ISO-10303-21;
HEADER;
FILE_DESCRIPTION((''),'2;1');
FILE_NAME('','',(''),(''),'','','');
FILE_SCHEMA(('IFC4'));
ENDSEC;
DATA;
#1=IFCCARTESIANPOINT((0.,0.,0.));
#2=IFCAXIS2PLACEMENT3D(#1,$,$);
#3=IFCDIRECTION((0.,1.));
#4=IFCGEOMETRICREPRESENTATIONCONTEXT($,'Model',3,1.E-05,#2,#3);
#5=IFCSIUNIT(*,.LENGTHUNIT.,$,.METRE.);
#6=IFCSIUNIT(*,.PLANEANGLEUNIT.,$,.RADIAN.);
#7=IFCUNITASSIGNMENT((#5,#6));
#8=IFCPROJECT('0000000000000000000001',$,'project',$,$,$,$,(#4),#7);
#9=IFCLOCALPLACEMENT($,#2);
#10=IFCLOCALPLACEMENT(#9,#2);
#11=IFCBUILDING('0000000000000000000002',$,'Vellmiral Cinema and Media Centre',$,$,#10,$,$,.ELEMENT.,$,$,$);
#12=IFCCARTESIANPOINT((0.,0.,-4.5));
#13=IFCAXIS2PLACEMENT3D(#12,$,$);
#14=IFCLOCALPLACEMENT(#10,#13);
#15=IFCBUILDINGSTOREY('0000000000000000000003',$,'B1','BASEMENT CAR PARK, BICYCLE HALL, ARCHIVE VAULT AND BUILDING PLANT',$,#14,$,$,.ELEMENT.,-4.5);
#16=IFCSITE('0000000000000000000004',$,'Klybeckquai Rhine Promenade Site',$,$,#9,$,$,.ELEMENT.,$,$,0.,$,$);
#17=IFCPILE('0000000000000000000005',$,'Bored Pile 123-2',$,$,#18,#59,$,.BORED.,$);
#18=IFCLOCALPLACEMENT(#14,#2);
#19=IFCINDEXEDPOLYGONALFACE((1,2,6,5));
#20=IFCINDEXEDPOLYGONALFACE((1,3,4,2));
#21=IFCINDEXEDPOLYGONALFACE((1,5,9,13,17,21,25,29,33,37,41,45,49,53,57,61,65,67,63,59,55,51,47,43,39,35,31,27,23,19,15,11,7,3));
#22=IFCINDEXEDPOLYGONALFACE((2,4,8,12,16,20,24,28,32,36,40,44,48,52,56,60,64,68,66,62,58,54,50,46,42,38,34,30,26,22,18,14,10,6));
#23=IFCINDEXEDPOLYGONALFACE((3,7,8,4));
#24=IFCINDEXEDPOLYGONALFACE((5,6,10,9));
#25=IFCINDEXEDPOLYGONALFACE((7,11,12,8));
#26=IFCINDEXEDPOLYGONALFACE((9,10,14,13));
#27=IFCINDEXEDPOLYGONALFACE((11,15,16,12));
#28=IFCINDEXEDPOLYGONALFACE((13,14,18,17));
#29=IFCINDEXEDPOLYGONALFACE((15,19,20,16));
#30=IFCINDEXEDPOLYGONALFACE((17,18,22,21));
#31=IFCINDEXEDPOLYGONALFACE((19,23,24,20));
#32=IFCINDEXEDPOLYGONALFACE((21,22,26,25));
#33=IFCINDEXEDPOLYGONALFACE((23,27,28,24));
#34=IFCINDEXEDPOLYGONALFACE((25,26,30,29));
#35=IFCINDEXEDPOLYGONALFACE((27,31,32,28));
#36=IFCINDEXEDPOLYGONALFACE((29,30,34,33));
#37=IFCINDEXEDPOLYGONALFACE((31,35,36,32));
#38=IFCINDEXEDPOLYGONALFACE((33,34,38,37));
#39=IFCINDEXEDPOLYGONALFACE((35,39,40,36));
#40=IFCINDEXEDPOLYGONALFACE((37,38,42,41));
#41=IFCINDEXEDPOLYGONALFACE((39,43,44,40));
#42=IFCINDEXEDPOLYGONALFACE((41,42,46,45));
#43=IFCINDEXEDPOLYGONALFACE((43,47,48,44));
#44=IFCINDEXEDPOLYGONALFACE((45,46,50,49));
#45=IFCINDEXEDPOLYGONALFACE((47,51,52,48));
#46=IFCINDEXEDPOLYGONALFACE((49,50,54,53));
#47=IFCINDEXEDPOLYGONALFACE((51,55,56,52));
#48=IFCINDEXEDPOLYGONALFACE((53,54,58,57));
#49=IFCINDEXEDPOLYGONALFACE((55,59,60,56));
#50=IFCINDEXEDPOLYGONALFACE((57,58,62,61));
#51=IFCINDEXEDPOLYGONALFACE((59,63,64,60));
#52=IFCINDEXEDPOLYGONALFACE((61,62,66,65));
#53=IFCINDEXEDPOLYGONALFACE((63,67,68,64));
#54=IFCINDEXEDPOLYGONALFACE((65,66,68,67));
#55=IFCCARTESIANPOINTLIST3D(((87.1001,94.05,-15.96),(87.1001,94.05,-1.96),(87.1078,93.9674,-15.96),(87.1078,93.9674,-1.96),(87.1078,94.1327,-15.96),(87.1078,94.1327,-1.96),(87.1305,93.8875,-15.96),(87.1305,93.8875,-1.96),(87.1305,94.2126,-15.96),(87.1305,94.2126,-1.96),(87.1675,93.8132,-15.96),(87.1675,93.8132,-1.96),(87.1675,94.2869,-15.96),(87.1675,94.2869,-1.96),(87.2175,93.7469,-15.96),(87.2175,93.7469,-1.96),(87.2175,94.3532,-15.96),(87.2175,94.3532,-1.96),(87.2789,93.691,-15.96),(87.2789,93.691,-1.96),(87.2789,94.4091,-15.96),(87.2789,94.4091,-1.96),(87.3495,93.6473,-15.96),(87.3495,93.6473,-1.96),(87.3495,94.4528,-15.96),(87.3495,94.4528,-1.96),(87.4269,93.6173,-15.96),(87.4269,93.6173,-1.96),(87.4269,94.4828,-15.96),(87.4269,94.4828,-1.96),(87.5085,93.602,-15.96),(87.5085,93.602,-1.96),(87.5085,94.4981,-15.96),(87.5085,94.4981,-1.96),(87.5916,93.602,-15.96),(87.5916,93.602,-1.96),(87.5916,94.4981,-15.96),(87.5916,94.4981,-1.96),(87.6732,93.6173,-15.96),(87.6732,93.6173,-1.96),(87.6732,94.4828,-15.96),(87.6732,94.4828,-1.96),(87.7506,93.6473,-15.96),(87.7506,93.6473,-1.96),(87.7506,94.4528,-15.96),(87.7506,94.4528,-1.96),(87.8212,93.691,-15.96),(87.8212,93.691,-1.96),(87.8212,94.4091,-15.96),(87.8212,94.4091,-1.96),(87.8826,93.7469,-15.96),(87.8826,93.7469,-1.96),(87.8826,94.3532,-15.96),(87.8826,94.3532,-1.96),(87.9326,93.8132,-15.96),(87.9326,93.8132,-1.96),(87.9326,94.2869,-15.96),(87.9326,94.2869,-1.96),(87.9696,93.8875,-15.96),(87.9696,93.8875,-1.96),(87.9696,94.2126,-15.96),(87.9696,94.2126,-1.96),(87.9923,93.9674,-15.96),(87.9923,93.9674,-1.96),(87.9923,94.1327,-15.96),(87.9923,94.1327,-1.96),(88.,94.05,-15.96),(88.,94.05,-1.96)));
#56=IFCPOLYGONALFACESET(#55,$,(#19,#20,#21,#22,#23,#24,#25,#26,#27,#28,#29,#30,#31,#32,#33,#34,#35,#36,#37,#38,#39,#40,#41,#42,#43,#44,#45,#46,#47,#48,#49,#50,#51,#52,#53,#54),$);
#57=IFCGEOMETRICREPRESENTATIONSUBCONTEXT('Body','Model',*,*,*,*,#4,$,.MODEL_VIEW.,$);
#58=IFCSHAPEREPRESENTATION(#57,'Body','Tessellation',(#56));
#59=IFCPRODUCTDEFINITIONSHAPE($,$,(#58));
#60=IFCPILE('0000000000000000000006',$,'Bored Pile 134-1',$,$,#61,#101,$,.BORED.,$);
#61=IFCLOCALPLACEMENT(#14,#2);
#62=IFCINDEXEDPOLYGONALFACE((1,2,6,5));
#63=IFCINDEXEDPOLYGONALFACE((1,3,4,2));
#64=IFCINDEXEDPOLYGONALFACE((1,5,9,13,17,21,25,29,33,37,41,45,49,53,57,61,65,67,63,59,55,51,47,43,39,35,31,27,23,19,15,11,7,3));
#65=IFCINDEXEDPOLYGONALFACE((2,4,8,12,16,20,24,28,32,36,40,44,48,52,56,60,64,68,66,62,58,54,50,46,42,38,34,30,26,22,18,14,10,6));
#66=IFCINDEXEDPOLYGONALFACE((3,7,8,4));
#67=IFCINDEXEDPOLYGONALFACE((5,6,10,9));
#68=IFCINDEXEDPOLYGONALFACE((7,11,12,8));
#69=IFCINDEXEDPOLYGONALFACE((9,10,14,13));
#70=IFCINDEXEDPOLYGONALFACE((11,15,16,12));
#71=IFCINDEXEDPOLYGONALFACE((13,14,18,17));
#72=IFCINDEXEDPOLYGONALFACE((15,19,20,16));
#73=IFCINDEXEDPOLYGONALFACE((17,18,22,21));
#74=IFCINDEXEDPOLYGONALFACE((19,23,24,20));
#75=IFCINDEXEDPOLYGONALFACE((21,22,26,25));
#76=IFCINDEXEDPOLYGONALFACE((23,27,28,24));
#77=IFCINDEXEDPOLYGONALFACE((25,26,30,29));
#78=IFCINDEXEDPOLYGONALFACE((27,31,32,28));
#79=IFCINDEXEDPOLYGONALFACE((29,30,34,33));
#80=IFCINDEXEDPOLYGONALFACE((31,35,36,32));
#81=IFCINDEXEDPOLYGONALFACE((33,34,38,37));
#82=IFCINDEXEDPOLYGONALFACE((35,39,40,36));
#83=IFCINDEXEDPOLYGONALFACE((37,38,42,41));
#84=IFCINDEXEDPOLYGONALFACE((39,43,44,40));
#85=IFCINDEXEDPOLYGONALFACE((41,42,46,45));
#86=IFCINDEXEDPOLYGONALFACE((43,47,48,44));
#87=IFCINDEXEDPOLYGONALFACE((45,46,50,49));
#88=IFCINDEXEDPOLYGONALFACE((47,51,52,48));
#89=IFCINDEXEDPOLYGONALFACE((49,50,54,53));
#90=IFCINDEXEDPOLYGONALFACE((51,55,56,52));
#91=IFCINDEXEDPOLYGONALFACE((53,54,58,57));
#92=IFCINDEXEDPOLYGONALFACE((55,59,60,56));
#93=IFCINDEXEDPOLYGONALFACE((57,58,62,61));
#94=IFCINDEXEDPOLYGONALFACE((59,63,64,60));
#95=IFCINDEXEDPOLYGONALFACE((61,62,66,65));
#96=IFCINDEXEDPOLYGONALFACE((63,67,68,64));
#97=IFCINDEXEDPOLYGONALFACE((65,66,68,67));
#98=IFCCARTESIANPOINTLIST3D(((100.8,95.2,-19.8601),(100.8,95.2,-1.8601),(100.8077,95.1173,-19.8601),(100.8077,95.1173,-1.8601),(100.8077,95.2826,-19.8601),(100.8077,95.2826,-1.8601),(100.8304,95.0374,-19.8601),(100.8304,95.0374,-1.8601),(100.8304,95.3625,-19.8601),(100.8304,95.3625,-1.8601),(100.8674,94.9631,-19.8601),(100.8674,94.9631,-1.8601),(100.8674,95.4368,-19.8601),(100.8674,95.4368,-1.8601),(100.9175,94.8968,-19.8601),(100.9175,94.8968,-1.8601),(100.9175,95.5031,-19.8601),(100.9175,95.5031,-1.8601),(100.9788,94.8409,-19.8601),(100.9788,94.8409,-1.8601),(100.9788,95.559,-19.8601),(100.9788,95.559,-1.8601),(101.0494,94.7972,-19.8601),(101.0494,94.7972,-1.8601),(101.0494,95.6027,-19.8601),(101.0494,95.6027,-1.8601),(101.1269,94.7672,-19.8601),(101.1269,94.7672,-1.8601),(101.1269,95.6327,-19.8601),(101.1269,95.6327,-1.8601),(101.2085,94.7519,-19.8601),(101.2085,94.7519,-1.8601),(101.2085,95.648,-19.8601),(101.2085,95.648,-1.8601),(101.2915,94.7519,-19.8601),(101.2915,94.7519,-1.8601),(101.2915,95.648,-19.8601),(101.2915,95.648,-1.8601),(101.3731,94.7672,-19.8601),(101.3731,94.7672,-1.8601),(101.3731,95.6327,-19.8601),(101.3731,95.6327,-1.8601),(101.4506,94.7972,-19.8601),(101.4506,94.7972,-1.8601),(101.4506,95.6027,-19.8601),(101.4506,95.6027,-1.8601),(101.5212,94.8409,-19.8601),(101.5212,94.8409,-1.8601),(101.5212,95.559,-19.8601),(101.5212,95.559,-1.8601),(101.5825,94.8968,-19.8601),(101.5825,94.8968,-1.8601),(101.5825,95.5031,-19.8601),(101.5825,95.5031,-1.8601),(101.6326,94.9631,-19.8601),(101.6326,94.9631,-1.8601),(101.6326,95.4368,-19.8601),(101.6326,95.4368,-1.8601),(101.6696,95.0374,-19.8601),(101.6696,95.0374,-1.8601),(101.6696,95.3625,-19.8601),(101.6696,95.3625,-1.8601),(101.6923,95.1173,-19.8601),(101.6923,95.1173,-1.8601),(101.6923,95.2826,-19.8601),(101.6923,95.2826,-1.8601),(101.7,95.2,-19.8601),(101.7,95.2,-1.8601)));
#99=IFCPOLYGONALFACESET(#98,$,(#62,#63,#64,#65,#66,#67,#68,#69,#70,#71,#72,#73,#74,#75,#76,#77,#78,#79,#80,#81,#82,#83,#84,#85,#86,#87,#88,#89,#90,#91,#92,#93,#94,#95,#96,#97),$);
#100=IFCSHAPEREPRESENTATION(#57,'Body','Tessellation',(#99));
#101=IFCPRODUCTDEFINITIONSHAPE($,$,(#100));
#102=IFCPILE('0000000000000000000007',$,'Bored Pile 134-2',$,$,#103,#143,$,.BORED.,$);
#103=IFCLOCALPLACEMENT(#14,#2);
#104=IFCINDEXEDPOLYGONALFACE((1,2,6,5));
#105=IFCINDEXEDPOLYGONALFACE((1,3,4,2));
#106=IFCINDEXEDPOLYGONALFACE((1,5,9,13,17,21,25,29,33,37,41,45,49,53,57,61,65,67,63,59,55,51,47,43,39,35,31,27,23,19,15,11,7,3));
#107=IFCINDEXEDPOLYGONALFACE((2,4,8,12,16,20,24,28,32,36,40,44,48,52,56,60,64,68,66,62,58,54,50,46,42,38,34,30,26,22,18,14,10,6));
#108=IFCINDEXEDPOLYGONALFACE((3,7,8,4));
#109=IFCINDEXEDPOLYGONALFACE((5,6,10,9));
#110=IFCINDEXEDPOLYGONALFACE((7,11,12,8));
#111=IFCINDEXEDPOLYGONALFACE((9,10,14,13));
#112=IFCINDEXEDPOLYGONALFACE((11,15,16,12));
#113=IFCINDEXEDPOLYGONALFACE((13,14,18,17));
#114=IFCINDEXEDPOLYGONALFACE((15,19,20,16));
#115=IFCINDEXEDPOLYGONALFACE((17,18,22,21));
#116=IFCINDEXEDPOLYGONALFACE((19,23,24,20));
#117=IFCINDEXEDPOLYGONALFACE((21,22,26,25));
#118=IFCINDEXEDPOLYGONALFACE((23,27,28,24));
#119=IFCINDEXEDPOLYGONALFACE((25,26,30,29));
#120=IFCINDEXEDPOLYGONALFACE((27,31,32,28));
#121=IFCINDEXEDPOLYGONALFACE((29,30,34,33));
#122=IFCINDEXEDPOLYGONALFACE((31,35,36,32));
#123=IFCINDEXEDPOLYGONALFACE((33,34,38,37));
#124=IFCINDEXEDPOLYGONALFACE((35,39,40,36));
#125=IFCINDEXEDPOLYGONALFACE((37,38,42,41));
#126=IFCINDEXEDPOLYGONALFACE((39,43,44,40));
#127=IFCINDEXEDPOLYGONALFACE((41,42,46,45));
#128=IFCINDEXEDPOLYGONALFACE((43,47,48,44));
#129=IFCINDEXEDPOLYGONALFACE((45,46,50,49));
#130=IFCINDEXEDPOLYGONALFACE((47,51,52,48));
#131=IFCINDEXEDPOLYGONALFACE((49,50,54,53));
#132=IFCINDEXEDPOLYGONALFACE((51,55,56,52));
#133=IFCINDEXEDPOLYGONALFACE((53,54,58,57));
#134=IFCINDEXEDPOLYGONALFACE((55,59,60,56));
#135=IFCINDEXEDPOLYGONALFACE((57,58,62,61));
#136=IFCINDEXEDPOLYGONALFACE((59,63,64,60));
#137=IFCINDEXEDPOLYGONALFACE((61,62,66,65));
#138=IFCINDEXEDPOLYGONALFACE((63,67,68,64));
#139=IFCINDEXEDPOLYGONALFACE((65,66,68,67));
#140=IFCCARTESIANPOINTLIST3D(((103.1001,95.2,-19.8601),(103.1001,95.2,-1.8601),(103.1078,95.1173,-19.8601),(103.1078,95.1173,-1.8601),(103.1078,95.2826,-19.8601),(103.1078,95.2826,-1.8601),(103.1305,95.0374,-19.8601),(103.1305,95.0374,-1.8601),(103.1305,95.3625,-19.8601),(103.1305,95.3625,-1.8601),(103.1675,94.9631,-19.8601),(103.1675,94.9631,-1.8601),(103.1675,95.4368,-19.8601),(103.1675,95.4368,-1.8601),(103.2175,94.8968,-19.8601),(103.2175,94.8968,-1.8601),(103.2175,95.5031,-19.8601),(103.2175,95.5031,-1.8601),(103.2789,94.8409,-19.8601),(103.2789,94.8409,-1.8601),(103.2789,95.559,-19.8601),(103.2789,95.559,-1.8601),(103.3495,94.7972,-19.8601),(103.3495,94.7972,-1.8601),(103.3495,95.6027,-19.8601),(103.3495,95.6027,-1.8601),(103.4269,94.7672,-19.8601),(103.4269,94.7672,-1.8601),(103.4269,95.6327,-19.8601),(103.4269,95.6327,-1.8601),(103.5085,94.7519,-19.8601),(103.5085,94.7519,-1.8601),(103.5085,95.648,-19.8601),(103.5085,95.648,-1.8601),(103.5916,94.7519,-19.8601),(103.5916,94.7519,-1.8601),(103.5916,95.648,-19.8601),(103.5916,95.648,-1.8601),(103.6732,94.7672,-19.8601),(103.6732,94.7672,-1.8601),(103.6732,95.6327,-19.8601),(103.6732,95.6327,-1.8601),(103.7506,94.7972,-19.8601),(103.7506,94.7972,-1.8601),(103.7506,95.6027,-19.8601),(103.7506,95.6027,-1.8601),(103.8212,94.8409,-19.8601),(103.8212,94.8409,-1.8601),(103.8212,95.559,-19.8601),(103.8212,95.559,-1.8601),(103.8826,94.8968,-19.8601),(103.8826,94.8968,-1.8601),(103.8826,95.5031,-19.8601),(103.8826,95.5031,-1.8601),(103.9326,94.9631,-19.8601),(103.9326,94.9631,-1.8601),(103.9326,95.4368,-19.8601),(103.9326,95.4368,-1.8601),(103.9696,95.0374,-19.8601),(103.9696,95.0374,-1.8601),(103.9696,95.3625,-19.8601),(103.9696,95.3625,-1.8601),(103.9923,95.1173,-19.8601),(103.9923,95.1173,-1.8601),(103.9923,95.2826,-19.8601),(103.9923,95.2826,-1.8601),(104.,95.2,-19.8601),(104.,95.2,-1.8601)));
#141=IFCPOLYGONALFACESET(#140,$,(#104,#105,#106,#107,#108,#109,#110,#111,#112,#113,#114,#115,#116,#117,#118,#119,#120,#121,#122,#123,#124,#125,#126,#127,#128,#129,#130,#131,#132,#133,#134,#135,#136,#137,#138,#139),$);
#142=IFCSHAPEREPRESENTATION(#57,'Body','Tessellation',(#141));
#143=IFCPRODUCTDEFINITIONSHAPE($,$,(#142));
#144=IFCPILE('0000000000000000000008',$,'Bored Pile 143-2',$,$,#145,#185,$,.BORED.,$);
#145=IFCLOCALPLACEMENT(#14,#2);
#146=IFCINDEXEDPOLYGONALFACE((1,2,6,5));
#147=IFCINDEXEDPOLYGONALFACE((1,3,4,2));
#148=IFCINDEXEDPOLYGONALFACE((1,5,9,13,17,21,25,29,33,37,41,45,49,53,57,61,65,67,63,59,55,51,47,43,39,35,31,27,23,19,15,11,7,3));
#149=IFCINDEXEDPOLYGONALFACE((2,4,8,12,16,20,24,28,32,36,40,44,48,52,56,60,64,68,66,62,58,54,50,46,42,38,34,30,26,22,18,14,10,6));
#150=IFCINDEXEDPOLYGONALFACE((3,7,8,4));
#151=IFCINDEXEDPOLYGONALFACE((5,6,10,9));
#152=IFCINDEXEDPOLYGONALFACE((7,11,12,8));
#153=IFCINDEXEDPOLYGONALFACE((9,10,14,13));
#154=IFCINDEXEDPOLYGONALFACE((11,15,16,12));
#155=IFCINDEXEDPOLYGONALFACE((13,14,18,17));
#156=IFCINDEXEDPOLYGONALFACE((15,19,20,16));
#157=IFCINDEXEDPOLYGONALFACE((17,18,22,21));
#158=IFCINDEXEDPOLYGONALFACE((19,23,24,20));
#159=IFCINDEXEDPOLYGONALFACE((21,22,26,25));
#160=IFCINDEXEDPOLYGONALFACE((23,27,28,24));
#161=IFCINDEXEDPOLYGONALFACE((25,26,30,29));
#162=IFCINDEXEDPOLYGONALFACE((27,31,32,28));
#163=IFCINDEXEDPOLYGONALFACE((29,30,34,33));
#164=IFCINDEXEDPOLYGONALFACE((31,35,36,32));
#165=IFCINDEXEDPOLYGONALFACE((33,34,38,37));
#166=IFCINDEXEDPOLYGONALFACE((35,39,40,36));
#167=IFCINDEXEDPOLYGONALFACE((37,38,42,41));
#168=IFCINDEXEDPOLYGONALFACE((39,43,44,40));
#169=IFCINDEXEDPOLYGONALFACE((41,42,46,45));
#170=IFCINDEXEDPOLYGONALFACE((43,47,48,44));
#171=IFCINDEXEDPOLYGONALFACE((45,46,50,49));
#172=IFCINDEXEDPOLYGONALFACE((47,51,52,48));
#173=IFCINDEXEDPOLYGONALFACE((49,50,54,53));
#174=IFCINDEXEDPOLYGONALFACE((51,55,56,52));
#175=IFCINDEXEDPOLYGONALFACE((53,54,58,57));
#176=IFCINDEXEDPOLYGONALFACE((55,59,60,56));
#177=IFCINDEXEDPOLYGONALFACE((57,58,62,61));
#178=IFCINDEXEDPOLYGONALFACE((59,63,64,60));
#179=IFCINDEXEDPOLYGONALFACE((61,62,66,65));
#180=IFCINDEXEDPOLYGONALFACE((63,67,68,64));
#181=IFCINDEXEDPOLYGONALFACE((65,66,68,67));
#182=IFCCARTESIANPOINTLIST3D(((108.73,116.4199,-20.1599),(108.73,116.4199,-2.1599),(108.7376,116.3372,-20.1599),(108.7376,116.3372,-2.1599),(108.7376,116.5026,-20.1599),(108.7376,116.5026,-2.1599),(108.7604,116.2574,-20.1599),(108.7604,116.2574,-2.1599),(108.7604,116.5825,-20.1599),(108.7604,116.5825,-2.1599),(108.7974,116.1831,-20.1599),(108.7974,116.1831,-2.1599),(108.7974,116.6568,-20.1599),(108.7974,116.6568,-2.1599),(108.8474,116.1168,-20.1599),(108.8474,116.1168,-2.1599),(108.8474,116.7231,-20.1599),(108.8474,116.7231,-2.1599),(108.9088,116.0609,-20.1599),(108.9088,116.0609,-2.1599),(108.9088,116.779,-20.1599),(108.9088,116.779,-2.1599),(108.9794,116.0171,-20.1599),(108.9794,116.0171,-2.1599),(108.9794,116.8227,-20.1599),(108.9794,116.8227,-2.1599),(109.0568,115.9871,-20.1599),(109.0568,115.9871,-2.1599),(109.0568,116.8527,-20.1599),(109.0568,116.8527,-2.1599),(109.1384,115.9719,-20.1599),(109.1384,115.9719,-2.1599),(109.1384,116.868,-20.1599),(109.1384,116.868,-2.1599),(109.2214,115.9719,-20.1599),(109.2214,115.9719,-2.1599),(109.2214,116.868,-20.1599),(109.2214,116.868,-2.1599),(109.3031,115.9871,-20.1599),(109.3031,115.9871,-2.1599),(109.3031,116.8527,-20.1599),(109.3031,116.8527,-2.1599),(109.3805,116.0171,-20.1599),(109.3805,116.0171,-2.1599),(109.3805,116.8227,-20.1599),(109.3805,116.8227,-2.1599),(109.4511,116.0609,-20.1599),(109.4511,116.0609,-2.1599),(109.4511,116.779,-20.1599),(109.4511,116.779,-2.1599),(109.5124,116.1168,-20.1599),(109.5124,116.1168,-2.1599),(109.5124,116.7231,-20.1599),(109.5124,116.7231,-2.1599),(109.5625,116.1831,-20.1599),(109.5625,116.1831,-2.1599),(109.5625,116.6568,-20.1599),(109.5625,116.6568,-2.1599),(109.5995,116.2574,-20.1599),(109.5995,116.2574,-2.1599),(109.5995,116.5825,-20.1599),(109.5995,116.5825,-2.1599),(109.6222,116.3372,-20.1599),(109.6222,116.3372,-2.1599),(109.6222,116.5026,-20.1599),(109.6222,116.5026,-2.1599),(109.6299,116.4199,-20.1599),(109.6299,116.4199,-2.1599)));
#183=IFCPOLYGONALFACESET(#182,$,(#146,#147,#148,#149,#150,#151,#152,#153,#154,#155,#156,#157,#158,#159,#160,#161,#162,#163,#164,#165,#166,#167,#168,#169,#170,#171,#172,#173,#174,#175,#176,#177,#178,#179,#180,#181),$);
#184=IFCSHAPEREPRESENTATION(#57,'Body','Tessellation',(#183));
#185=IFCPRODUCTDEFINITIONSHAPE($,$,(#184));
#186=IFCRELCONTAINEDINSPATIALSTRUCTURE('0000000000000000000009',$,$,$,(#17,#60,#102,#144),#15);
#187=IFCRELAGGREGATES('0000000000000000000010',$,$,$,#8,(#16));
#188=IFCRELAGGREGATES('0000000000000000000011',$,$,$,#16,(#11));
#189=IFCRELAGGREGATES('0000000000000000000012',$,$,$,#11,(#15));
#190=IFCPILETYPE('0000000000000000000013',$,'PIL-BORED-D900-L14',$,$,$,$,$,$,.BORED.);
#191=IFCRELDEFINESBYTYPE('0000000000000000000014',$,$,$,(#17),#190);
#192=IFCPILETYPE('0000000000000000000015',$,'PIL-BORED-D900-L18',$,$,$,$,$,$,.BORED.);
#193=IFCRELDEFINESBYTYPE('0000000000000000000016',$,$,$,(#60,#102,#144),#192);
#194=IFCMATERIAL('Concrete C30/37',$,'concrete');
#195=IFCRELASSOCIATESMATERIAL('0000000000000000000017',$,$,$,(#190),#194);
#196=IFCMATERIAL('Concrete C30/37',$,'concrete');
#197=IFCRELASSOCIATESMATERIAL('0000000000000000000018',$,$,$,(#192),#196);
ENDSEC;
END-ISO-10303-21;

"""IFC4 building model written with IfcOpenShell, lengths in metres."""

from ifc_helpers import new_model, si_unit, direction, frame, origin, origin_2d, place, context, subcontext, project, spatial, circle, extrude, material, material_profile, profile_set, type_object, element, save


model = new_model("IFC4")

# Units and contexts
model_context = context("Model", 3, precision=1e-05, world=origin(), true_north=direction((0.0, 1.0)))
body_context = subcontext(model_context, "Body", "Model", "MODEL_VIEW")
ifc_project = project(units=[si_unit("LENGTHUNIT", "METRE"), si_unit("PLANEANGLEUNIT", "RADIAN")], contexts=[model_context])

# Site, building, storey
site_placement = place(None, origin())
site = spatial("IfcSite", under=ifc_project, at=site_placement, Name="Klybeckquai Rhine Promenade Site", CompositionType="ELEMENT", RefElevation=0.0)
building_placement = place(site_placement, origin())
building = spatial("IfcBuilding", under=site, at=building_placement, Name="Vellmiral Cinema and Media Centre", CompositionType="ELEMENT")
storey_placement = place(building_placement, frame((0.0, 0.0, -4.5)))
storey = spatial("IfcBuildingStorey", under=building, at=storey_placement, Name="B1", Description="BASEMENT CAR PARK, BICYCLE HALL, ARCHIVE VAULT AND BUILDING PLANT", CompositionType="ELEMENT", Elevation=-4.5)

# Piles
ifc_material_1 = material(Name="Concrete C30/37", Category="concrete")
ifc_material_profile_1 = material_profile(ifc_material_1, circle(Radius=0.45, at=origin_2d()), Name="PILE D900")
ifc_profile_set_1 = profile_set([ifc_material_profile_1], Name="Concrete C30/37")
pile_type_1 = type_object("IfcPileType", Name="PIL-BORED-D900-L14", PredefinedType="BORED", material=ifc_profile_set_1)
pile_placement = place(storey_placement, frame((87.55, 94.05, -1.96), z_axis=(0.0, 0.0, -1.0), x_axis=(1.0, 0.0, 0.0)))
element("IfcPile", 1, at=pile_placement, inside=storey, type_object=pile_type_1, Name="Bored Pile 123-2", PredefinedType="BORED", context=body_context, shape_type="SweptSolid", body=[
    extrude(circle(Radius=0.45, at=origin_2d()), origin(), (0.0, 0.0, 1.0), 14.0),
])
ifc_material_2 = material(Name="Concrete C30/37", Category="concrete")
ifc_material_profile_2 = material_profile(ifc_material_2, circle(Radius=0.45, at=origin_2d()), Name="PILE D900")
ifc_profile_set_2 = profile_set([ifc_material_profile_2], Name="Concrete C30/37")
pile_type_2 = type_object("IfcPileType", Name="PIL-BORED-D900-L18", PredefinedType="BORED", material=ifc_profile_set_2)
for number, where, z_axis, x_axis, name in (
    (2, (101.25, 95.2, -1.8601), (0.0, 0.0, -1.0), (1.0, 0.0, 0.0), "Bored Pile 134-1"),
    (3, (103.55, 95.2, -1.8601), (0.0, 0.0, -1.0), (1.0, 0.0, 0.0), "Bored Pile 134-2"),
    (4, (109.1799, 116.4199, -2.1599), (0.0, 0.0, -1.0), (1.0, 0.0, 0.0), "Bored Pile 143-2"),
):
    element("IfcPile", number, at=place(storey_placement, frame(where, z_axis=z_axis, x_axis=x_axis)), inside=storey, type_object=pile_type_2, Name=name, PredefinedType="BORED", context=body_context, shape_type="SweptSolid", body=[
        extrude(circle(Radius=0.45, at=origin_2d()), origin(), (0.0, 0.0, 1.0), 18.0),
    ])

save(model, "model.ifc")
